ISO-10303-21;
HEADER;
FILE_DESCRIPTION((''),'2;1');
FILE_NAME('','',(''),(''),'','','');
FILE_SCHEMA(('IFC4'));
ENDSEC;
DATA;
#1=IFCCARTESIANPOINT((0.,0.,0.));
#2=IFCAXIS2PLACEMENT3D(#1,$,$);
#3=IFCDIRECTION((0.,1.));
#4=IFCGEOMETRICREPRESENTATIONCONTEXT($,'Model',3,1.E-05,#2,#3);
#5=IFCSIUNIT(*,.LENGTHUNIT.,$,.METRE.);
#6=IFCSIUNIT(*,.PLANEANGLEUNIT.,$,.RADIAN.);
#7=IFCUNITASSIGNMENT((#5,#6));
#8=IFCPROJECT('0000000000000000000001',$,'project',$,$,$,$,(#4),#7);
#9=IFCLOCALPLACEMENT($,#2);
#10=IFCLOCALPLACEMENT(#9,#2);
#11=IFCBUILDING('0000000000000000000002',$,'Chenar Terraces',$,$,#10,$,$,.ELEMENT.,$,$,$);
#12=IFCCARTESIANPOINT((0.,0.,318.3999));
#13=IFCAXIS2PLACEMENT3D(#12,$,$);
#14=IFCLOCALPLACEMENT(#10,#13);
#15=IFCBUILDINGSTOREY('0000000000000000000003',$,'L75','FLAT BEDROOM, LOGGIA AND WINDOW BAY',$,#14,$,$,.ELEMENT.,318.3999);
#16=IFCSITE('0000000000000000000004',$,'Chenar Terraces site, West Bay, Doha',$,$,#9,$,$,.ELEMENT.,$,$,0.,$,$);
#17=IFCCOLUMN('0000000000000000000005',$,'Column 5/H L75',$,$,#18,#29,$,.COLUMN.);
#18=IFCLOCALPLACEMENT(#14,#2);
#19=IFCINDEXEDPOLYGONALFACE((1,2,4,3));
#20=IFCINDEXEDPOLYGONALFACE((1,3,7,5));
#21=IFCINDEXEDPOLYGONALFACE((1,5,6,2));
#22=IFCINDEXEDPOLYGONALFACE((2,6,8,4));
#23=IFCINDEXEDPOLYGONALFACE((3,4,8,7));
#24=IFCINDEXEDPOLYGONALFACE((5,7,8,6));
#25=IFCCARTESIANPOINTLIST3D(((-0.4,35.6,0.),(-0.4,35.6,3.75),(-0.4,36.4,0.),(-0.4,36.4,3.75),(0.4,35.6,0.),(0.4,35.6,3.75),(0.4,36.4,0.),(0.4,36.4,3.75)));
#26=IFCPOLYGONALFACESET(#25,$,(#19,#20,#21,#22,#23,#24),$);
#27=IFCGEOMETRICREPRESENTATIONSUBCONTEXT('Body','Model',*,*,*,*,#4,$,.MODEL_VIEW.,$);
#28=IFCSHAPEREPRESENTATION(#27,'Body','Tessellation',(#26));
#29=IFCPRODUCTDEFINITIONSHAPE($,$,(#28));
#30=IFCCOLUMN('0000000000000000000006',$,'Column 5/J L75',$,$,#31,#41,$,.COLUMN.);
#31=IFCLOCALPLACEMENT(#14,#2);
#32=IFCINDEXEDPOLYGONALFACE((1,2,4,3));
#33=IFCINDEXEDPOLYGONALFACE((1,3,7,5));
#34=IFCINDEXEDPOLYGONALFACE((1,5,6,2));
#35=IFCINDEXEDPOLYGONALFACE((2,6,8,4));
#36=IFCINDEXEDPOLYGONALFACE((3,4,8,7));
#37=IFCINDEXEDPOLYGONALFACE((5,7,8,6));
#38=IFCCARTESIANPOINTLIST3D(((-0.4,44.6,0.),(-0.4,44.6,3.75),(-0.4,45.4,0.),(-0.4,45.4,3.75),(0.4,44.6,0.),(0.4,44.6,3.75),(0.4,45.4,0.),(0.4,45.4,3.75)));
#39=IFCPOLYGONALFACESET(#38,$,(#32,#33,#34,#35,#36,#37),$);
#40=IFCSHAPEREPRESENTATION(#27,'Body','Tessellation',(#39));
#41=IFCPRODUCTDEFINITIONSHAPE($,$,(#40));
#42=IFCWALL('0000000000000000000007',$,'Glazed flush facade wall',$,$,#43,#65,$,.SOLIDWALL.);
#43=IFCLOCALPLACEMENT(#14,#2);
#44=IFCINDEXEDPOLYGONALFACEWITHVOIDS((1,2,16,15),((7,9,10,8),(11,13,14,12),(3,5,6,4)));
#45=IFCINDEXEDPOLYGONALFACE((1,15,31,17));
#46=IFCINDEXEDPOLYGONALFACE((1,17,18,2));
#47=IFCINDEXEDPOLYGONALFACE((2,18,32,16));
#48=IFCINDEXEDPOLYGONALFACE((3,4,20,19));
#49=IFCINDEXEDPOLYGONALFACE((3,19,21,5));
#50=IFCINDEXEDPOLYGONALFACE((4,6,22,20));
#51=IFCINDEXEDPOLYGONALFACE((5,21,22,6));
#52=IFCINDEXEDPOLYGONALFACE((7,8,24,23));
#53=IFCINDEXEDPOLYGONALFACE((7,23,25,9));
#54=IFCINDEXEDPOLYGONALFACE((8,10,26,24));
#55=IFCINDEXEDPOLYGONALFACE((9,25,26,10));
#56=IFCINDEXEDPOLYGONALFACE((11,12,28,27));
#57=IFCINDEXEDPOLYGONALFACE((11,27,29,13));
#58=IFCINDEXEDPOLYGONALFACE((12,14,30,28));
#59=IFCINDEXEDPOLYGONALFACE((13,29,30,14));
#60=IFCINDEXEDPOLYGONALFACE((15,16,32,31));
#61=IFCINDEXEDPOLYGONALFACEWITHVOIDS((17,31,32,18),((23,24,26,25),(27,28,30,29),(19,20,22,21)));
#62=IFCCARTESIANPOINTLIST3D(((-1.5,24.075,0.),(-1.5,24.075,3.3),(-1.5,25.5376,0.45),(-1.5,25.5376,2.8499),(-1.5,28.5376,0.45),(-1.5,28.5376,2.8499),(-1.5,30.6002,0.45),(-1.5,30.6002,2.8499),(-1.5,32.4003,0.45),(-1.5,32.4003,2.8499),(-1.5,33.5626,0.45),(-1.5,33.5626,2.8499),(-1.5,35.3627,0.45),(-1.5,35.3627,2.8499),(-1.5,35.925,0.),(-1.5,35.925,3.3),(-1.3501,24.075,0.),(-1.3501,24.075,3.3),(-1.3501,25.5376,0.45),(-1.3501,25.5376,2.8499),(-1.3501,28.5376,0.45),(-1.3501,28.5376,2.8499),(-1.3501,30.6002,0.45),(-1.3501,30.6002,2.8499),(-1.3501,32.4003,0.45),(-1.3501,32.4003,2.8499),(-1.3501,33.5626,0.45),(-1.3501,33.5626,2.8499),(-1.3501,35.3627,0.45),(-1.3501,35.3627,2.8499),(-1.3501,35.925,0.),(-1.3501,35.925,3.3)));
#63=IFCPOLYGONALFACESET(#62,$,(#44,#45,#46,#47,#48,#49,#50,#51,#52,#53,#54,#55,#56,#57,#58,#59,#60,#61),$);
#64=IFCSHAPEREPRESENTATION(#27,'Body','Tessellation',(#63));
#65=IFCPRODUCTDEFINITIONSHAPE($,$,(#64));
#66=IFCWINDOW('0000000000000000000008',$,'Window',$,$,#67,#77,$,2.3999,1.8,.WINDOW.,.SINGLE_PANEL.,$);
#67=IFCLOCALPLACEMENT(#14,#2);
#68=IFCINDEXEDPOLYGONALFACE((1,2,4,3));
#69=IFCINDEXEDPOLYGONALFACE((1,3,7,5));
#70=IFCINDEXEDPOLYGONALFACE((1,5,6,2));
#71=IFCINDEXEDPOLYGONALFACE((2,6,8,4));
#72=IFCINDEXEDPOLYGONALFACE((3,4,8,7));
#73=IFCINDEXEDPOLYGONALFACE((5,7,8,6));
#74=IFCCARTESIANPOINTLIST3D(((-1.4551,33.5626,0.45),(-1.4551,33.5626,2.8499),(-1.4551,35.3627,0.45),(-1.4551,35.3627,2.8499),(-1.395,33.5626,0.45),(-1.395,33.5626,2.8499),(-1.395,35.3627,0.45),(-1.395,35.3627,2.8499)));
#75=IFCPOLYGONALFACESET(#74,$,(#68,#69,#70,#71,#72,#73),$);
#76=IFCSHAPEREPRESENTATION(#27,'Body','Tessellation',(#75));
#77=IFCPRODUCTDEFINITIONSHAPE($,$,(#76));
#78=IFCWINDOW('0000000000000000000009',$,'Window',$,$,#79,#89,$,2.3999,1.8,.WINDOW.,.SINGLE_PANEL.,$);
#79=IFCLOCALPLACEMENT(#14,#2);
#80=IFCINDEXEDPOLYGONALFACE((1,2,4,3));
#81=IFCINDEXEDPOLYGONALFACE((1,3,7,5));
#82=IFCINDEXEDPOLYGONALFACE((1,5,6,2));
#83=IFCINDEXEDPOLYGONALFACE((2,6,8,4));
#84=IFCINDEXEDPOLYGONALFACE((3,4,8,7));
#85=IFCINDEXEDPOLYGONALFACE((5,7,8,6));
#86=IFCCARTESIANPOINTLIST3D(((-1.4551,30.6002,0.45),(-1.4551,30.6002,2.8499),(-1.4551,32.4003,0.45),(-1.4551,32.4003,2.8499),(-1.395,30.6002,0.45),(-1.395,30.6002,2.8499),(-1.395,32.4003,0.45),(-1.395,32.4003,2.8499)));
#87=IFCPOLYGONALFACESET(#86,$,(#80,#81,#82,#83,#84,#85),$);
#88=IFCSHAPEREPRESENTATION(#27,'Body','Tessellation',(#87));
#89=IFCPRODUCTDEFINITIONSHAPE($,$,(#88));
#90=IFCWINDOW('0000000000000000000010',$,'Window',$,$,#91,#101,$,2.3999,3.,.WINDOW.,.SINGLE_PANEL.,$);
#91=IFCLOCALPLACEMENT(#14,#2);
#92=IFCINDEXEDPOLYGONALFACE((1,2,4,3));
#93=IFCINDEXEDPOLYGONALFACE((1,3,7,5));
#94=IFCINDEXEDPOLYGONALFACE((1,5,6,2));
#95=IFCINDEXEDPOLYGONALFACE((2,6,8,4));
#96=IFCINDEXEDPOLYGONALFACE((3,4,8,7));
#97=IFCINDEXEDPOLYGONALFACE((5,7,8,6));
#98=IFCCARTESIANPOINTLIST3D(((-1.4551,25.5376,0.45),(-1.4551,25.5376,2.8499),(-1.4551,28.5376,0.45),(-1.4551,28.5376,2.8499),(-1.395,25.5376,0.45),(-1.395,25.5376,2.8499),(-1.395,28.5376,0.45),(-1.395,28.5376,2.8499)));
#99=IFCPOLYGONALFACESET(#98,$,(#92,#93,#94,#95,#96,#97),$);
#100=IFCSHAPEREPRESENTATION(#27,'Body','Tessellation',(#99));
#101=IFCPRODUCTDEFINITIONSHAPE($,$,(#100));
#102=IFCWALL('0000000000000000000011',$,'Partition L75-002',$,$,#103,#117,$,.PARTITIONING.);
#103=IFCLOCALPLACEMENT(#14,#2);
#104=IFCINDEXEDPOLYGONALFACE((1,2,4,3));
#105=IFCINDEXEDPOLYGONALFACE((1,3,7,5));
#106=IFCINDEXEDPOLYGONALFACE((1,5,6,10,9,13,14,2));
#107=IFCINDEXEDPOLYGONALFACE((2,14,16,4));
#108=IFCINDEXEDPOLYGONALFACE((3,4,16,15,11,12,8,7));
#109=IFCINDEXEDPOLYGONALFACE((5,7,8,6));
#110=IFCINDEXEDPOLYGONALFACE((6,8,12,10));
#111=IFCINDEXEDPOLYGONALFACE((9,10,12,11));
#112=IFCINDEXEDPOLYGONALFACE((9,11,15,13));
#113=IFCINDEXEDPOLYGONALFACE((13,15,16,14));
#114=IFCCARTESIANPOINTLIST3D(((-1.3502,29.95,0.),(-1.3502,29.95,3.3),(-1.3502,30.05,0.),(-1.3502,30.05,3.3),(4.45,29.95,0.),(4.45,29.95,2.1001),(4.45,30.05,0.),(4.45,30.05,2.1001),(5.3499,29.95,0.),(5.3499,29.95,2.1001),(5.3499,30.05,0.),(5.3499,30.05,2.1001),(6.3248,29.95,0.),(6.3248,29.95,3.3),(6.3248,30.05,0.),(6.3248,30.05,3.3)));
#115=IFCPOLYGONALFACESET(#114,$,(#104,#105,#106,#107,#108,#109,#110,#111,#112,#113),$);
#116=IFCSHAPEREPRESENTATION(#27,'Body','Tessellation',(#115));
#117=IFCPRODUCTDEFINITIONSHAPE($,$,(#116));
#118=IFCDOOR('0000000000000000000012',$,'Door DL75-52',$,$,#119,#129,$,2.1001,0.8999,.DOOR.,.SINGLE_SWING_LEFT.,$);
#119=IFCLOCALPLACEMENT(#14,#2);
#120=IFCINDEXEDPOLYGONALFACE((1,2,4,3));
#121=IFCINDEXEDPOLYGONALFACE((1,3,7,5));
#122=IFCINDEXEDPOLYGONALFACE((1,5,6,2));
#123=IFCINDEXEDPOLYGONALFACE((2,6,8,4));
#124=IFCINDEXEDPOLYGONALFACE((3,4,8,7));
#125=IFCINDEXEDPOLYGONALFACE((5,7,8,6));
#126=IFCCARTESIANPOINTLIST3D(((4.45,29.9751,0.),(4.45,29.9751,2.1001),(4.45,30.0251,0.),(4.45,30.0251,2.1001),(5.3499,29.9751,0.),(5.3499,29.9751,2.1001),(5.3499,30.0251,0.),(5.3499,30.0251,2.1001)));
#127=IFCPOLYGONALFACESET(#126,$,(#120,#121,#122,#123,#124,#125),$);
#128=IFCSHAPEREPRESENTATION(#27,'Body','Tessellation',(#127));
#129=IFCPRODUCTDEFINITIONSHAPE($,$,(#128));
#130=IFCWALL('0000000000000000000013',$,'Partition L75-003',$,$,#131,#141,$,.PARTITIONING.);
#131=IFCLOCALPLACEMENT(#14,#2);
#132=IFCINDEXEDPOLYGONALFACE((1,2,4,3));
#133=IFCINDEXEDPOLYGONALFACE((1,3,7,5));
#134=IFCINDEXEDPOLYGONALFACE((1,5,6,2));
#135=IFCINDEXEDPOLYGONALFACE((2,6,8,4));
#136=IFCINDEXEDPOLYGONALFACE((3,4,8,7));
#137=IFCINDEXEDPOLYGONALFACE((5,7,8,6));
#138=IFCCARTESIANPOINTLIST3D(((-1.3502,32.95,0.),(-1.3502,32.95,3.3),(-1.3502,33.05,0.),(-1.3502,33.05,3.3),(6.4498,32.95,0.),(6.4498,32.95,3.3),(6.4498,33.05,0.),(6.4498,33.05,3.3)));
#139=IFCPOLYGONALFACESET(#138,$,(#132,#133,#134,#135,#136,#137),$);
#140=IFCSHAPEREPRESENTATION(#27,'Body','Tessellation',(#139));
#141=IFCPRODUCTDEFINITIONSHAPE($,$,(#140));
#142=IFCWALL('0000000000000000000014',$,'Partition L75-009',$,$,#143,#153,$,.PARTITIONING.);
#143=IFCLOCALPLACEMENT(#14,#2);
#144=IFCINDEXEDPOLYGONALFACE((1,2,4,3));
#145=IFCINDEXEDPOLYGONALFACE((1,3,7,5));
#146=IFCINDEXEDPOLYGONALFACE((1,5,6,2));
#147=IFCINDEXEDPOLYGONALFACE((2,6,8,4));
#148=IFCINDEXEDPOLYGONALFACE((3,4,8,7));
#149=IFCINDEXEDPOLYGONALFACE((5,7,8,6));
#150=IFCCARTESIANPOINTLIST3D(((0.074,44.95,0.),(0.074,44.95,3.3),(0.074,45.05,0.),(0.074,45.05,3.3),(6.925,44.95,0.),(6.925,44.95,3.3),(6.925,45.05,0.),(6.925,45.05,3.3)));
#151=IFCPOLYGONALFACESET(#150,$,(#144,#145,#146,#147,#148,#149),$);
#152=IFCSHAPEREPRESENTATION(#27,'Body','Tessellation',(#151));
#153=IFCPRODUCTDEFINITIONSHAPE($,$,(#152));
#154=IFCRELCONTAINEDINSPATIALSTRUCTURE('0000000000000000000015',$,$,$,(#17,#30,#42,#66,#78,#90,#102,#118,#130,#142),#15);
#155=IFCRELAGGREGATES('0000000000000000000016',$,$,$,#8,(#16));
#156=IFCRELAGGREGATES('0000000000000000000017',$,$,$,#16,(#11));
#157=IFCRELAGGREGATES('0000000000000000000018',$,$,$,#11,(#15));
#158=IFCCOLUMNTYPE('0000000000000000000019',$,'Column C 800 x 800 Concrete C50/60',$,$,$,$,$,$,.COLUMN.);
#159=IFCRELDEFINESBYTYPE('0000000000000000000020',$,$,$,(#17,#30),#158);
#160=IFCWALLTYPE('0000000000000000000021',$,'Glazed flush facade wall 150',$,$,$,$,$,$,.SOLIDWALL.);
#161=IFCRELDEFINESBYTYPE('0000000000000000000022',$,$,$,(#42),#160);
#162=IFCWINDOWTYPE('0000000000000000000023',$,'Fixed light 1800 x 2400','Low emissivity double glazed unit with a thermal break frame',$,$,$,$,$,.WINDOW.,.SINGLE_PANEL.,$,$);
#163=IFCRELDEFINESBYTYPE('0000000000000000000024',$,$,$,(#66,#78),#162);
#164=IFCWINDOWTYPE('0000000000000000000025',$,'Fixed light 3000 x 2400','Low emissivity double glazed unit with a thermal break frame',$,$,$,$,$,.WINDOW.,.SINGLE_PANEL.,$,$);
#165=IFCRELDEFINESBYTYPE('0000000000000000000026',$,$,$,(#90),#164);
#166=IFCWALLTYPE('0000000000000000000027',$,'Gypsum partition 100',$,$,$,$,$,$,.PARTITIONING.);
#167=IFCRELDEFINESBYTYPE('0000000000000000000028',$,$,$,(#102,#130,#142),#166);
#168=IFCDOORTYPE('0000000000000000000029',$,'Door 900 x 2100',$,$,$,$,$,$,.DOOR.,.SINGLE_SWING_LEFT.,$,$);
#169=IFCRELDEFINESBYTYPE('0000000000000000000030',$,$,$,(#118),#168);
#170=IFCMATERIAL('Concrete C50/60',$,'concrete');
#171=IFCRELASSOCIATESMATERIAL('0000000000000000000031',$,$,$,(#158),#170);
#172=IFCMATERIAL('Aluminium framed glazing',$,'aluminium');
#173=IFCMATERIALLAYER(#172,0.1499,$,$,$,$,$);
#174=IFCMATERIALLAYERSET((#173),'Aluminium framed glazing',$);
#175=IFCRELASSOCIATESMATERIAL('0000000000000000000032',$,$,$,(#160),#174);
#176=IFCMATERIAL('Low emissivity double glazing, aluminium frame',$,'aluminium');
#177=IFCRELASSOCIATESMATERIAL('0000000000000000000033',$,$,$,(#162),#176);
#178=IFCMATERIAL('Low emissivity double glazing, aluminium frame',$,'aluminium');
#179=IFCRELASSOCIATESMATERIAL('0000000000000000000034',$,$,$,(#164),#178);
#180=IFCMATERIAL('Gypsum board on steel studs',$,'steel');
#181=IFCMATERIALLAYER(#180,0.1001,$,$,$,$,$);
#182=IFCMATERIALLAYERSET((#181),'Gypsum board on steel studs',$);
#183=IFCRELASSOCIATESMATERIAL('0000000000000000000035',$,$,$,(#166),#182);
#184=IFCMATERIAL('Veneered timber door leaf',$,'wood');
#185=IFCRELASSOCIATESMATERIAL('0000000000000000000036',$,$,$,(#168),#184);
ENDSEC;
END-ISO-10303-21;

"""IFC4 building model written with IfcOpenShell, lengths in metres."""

from ifc_helpers import new_model, si_unit, direction, frame, frame_2d, origin, origin_2d, place, context, subcontext, project, spatial, rectangle, extrude, material, layer, layer_set, material_profile, profile_set, type_object, element, fill, save


model = new_model("IFC4")

# Units and contexts
model_context = context("Model", 3, precision=1e-05, world=origin(), true_north=direction((0.0, 1.0)))
body_context = subcontext(model_context, "Body", "Model", "MODEL_VIEW")
ifc_project = project(units=[si_unit("LENGTHUNIT", "METRE"), si_unit("PLANEANGLEUNIT", "RADIAN")], contexts=[model_context])

# Site, building, storey
site_placement = place(None, origin())
site = spatial("IfcSite", under=ifc_project, at=site_placement, Name="Chenar Terraces site, West Bay, Doha", CompositionType="ELEMENT", RefElevation=0.0)
building_placement = place(site_placement, origin())
building = spatial("IfcBuilding", under=site, at=building_placement, Name="Chenar Terraces", CompositionType="ELEMENT")
storey_placement = place(building_placement, frame((0.0, 0.0, 318.3999)))
storey = spatial("IfcBuildingStorey", under=building, at=storey_placement, Name="L75", Description="FLAT BEDROOM, LOGGIA AND WINDOW BAY", CompositionType="ELEMENT", Elevation=318.3999)

# Columns
ifc_material_1 = material(Name="Concrete C50/60", Category="concrete")
ifc_material_profile = material_profile(ifc_material_1, rectangle(XDim=0.8, YDim=0.8, at=origin_2d()), Name="C 800 x 800")
ifc_profile_set = profile_set([ifc_material_profile], Name="Concrete C50/60")
column_type = type_object("IfcColumnType", Name="Column C 800 x 800 Concrete C50/60", PredefinedType="COLUMN", material=ifc_profile_set)
placement = place(storey_placement, frame((0.0, 36.0, 0.0), z_axis=(0.0, 0.0, 1.0), x_axis=(1.0, 0.0, 0.0)))
element("IfcColumn", 1, at=placement, inside=storey, type_object=column_type, Name="Column 5/H L75", PredefinedType="COLUMN", context=body_context, shape_type="SweptSolid", body=[
    extrude(rectangle(XDim=0.8, YDim=0.8, at=origin_2d()), origin(), (0.0, 0.0, 1.0), 3.75),
])
column_1_placement = place(storey_placement, frame((0.0, 45.0, 0.0), z_axis=(0.0, 0.0, 1.0), x_axis=(1.0, 0.0, 0.0)))
element("IfcColumn", 2, at=column_1_placement, inside=storey, type_object=column_type, Name="Column 5/J L75", PredefinedType="COLUMN", context=body_context, shape_type="SweptSolid", body=[
    extrude(rectangle(XDim=0.8, YDim=0.8, at=origin_2d()), origin(), (0.0, 0.0, 1.0), 3.75),
])

# Wall, openings, windows
ifc_material_2 = material(Name="Aluminium framed glazing", Category="aluminium")
ifc_layer_1 = layer(ifc_material_2, 0.1499)
ifc_layer_set_1 = layer_set([ifc_layer_1], Name="Aluminium framed glazing")
wall_type_1 = type_object("IfcWallType", Name="Glazed flush facade wall 150", PredefinedType="SOLIDWALL", material=ifc_layer_set_1)
wall_1_placement = place(storey_placement, frame((-1.425, 35.925, 0.0), z_axis=(0.0, 0.0, 1.0), x_axis=(0.0, -1.0, 0.0)))
wall_1 = element("IfcWall", 3, at=wall_1_placement, inside=storey, type_object=wall_type_1, Name="Glazed flush facade wall", PredefinedType="SOLIDWALL", context=body_context, shape_type="SweptSolid", body=[
    extrude(rectangle(XDim=11.8501, YDim=0.1499, at=frame_2d((5.925, 0.0))), origin(), (0.0, 0.0, 1.0), 3.3),
])
opening_1_placement = place(wall_1_placement, frame((0.5625, 0.0, 0.45)))
opening_1 = element("IfcOpeningElement", 4, at=opening_1_placement, cuts=wall_1, PredefinedType="OPENING", context=body_context, shape_type="SweptSolid", body=[
    extrude(rectangle(XDim=1.8, YDim=2.3999, at=frame_2d((0.8999, 1.2))), frame((0.0, 0.085, 0.0), z_axis=(0.0, -1.0, 0.0), x_axis=(1.0, 0.0, 0.0)), (0.0, 0.0, 1.0), 0.1699),
])
opening_2_placement = place(wall_1_placement, frame((3.5249, 0.0, 0.45)))
opening_2 = element("IfcOpeningElement", 5, at=opening_2_placement, cuts=wall_1, PredefinedType="OPENING", context=body_context, shape_type="SweptSolid", body=[
    extrude(rectangle(XDim=1.8, YDim=2.3999, at=frame_2d((0.8999, 1.2))), frame((0.0, 0.085, 0.0), z_axis=(0.0, -1.0, 0.0), x_axis=(1.0, 0.0, 0.0)), (0.0, 0.0, 1.0), 0.1699),
])
opening_3_placement = place(wall_1_placement, frame((7.3875, 0.0, 0.45)))
opening_3 = element("IfcOpeningElement", 6, at=opening_3_placement, cuts=wall_1, PredefinedType="OPENING", context=body_context, shape_type="SweptSolid", body=[
    extrude(rectangle(XDim=3.0, YDim=2.3999, at=frame_2d((1.5, 1.2))), frame((0.0, 0.085, 0.0), z_axis=(0.0, -1.0, 0.0), x_axis=(1.0, 0.0, 0.0)), (0.0, 0.0, 1.0), 0.1699),
])
ifc_material_3 = material(Name="Low emissivity double glazing, aluminium frame", Category="aluminium")
window_type_1 = type_object("IfcWindowType", Name="Fixed light 1800 x 2400", Description="Low emissivity double glazed unit with a thermal break frame", PartitioningType="SINGLE_PANEL", PredefinedType="WINDOW", material=ifc_material_3)
window_1_placement = place(opening_1_placement, origin())
window_1 = element("IfcWindow", 7, at=window_1_placement, inside=storey, type_object=window_type_1, Name="Window", OverallHeight=2.3999, OverallWidth=1.8, PartitioningType="SINGLE_PANEL", PredefinedType="WINDOW", context=body_context, shape_type="SweptSolid", body=[
    extrude(rectangle(XDim=1.8, YDim=2.3999, at=frame_2d((0.8999, 1.2))), frame((0.0, 0.03, 0.0), z_axis=(0.0, -1.0, 0.0), x_axis=(1.0, 0.0, 0.0)), (0.0, 0.0, 1.0), 0.0601),
])
fill(opening_1, window_1)
window_2_placement = place(opening_2_placement, origin())
window_2 = element("IfcWindow", 8, at=window_2_placement, inside=storey, type_object=window_type_1, Name="Window", OverallHeight=2.3999, OverallWidth=1.8, PartitioningType="SINGLE_PANEL", PredefinedType="WINDOW", context=body_context, shape_type="SweptSolid", body=[
    extrude(rectangle(XDim=1.8, YDim=2.3999, at=frame_2d((0.8999, 1.2))), frame((0.0, 0.03, 0.0), z_axis=(0.0, -1.0, 0.0), x_axis=(1.0, 0.0, 0.0)), (0.0, 0.0, 1.0), 0.0601),
])
fill(opening_2, window_2)
ifc_material_4 = material(Name="Low emissivity double glazing, aluminium frame", Category="aluminium")
window_type_2 = type_object("IfcWindowType", Name="Fixed light 3000 x 2400", Description="Low emissivity double glazed unit with a thermal break frame", PartitioningType="SINGLE_PANEL", PredefinedType="WINDOW", material=ifc_material_4)
window_3_placement = place(opening_3_placement, origin())
window_3 = element("IfcWindow", 9, at=window_3_placement, inside=storey, type_object=window_type_2, Name="Window", OverallHeight=2.3999, OverallWidth=3.0, PartitioningType="SINGLE_PANEL", PredefinedType="WINDOW", context=body_context, shape_type="SweptSolid", body=[
    extrude(rectangle(XDim=3.0, YDim=2.3999, at=frame_2d((1.5, 1.2))), frame((0.0, 0.03, 0.0), z_axis=(0.0, -1.0, 0.0), x_axis=(1.0, 0.0, 0.0)), (0.0, 0.0, 1.0), 0.0601),
])
fill(opening_3, window_3)

# Wall, opening, door
ifc_material_5 = material(Name="Gypsum board on steel studs", Category="steel")
ifc_layer_2 = layer(ifc_material_5, 0.1001)
ifc_layer_set_2 = layer_set([ifc_layer_2], Name="Gypsum board on steel studs")
wall_type_2 = type_object("IfcWallType", Name="Gypsum partition 100", PredefinedType="PARTITIONING", material=ifc_layer_set_2)
wall_2_placement = place(storey_placement, frame((-1.3501, 30.0, 0.0), z_axis=(0.0, 0.0, 1.0), x_axis=(1.0, 0.0, 0.0)))
wall_2 = element("IfcWall", 10, at=wall_2_placement, inside=storey, type_object=wall_type_2, Name="Partition L75-002", PredefinedType="PARTITIONING", context=body_context, shape_type="SweptSolid", body=[
    extrude(rectangle(XDim=7.675, YDim=0.1001, at=frame_2d((3.8374, 0.0))), origin(), (0.0, 0.0, 1.0), 3.3),
])
opening_4_placement = place(wall_2_placement, frame((5.8, 0.0, 0.0)))
opening_4 = element("IfcOpeningElement", 11, at=opening_4_placement, cuts=wall_2, PredefinedType="OPENING", context=body_context, shape_type="SweptSolid", body=[
    extrude(rectangle(XDim=0.8999, YDim=2.1001, at=frame_2d((0.45, 1.05))), frame((0.0, 0.0601, 0.0), z_axis=(0.0, -1.0, 0.0), x_axis=(1.0, 0.0, 0.0)), (0.0, 0.0, 1.0), 0.1201),
])
ifc_material_6 = material(Name="Veneered timber door leaf", Category="wood")
door_type_1 = type_object("IfcDoorType", Name="Door 900 x 2100", OperationType="SINGLE_SWING_LEFT", PredefinedType="DOOR", material=ifc_material_6)
door_1_placement = place(opening_4_placement, frame((0.8999, 0.0, 0.0), z_axis=(0.0, 0.0, 1.0), x_axis=(-1.0, 0.0, 0.0)))
door_1 = element("IfcDoor", 12, at=door_1_placement, inside=storey, type_object=door_type_1, Name="Door DL75-52", OperationType="SINGLE_SWING_LEFT", OverallHeight=2.1001, OverallWidth=0.8999, PredefinedType="DOOR", context=body_context, shape_type="SweptSolid", body=[
    extrude(rectangle(XDim=0.8999, YDim=2.1001, at=frame_2d((0.45, 1.05))), frame((0.0, 0.0249, 0.0), z_axis=(0.0, -1.0, 0.0), x_axis=(1.0, 0.0, 0.0)), (0.0, 0.0, 1.0), 0.05),
])
fill(opening_4, door_1)

# Walls
wall_3_placement = place(storey_placement, frame((-1.3501, 33.0, 0.0), z_axis=(0.0, 0.0, 1.0), x_axis=(1.0, 0.0, 0.0)))
element("IfcWall", 13, at=wall_3_placement, inside=storey, type_object=wall_type_2, Name="Partition L75-003", PredefinedType="PARTITIONING", context=body_context, shape_type="SweptSolid", body=[
    extrude(rectangle(XDim=7.8, YDim=0.1001, at=frame_2d((3.8999, 0.0))), origin(), (0.0, 0.0, 1.0), 3.3),
])
wall_4_placement = place(storey_placement, frame((0.074, 45.0, 0.0), z_axis=(0.0, 0.0, 1.0), x_axis=(1.0, 0.0, 0.0)))
element("IfcWall", 14, at=wall_4_placement, inside=storey, type_object=wall_type_2, Name="Partition L75-009", PredefinedType="PARTITIONING", context=body_context, shape_type="SweptSolid", body=[
    extrude(rectangle(XDim=6.8511, YDim=0.1001, at=frame_2d((3.4255, 0.0))), origin(), (0.0, 0.0, 1.0), 3.3),
])

save(model, "model.ifc")
